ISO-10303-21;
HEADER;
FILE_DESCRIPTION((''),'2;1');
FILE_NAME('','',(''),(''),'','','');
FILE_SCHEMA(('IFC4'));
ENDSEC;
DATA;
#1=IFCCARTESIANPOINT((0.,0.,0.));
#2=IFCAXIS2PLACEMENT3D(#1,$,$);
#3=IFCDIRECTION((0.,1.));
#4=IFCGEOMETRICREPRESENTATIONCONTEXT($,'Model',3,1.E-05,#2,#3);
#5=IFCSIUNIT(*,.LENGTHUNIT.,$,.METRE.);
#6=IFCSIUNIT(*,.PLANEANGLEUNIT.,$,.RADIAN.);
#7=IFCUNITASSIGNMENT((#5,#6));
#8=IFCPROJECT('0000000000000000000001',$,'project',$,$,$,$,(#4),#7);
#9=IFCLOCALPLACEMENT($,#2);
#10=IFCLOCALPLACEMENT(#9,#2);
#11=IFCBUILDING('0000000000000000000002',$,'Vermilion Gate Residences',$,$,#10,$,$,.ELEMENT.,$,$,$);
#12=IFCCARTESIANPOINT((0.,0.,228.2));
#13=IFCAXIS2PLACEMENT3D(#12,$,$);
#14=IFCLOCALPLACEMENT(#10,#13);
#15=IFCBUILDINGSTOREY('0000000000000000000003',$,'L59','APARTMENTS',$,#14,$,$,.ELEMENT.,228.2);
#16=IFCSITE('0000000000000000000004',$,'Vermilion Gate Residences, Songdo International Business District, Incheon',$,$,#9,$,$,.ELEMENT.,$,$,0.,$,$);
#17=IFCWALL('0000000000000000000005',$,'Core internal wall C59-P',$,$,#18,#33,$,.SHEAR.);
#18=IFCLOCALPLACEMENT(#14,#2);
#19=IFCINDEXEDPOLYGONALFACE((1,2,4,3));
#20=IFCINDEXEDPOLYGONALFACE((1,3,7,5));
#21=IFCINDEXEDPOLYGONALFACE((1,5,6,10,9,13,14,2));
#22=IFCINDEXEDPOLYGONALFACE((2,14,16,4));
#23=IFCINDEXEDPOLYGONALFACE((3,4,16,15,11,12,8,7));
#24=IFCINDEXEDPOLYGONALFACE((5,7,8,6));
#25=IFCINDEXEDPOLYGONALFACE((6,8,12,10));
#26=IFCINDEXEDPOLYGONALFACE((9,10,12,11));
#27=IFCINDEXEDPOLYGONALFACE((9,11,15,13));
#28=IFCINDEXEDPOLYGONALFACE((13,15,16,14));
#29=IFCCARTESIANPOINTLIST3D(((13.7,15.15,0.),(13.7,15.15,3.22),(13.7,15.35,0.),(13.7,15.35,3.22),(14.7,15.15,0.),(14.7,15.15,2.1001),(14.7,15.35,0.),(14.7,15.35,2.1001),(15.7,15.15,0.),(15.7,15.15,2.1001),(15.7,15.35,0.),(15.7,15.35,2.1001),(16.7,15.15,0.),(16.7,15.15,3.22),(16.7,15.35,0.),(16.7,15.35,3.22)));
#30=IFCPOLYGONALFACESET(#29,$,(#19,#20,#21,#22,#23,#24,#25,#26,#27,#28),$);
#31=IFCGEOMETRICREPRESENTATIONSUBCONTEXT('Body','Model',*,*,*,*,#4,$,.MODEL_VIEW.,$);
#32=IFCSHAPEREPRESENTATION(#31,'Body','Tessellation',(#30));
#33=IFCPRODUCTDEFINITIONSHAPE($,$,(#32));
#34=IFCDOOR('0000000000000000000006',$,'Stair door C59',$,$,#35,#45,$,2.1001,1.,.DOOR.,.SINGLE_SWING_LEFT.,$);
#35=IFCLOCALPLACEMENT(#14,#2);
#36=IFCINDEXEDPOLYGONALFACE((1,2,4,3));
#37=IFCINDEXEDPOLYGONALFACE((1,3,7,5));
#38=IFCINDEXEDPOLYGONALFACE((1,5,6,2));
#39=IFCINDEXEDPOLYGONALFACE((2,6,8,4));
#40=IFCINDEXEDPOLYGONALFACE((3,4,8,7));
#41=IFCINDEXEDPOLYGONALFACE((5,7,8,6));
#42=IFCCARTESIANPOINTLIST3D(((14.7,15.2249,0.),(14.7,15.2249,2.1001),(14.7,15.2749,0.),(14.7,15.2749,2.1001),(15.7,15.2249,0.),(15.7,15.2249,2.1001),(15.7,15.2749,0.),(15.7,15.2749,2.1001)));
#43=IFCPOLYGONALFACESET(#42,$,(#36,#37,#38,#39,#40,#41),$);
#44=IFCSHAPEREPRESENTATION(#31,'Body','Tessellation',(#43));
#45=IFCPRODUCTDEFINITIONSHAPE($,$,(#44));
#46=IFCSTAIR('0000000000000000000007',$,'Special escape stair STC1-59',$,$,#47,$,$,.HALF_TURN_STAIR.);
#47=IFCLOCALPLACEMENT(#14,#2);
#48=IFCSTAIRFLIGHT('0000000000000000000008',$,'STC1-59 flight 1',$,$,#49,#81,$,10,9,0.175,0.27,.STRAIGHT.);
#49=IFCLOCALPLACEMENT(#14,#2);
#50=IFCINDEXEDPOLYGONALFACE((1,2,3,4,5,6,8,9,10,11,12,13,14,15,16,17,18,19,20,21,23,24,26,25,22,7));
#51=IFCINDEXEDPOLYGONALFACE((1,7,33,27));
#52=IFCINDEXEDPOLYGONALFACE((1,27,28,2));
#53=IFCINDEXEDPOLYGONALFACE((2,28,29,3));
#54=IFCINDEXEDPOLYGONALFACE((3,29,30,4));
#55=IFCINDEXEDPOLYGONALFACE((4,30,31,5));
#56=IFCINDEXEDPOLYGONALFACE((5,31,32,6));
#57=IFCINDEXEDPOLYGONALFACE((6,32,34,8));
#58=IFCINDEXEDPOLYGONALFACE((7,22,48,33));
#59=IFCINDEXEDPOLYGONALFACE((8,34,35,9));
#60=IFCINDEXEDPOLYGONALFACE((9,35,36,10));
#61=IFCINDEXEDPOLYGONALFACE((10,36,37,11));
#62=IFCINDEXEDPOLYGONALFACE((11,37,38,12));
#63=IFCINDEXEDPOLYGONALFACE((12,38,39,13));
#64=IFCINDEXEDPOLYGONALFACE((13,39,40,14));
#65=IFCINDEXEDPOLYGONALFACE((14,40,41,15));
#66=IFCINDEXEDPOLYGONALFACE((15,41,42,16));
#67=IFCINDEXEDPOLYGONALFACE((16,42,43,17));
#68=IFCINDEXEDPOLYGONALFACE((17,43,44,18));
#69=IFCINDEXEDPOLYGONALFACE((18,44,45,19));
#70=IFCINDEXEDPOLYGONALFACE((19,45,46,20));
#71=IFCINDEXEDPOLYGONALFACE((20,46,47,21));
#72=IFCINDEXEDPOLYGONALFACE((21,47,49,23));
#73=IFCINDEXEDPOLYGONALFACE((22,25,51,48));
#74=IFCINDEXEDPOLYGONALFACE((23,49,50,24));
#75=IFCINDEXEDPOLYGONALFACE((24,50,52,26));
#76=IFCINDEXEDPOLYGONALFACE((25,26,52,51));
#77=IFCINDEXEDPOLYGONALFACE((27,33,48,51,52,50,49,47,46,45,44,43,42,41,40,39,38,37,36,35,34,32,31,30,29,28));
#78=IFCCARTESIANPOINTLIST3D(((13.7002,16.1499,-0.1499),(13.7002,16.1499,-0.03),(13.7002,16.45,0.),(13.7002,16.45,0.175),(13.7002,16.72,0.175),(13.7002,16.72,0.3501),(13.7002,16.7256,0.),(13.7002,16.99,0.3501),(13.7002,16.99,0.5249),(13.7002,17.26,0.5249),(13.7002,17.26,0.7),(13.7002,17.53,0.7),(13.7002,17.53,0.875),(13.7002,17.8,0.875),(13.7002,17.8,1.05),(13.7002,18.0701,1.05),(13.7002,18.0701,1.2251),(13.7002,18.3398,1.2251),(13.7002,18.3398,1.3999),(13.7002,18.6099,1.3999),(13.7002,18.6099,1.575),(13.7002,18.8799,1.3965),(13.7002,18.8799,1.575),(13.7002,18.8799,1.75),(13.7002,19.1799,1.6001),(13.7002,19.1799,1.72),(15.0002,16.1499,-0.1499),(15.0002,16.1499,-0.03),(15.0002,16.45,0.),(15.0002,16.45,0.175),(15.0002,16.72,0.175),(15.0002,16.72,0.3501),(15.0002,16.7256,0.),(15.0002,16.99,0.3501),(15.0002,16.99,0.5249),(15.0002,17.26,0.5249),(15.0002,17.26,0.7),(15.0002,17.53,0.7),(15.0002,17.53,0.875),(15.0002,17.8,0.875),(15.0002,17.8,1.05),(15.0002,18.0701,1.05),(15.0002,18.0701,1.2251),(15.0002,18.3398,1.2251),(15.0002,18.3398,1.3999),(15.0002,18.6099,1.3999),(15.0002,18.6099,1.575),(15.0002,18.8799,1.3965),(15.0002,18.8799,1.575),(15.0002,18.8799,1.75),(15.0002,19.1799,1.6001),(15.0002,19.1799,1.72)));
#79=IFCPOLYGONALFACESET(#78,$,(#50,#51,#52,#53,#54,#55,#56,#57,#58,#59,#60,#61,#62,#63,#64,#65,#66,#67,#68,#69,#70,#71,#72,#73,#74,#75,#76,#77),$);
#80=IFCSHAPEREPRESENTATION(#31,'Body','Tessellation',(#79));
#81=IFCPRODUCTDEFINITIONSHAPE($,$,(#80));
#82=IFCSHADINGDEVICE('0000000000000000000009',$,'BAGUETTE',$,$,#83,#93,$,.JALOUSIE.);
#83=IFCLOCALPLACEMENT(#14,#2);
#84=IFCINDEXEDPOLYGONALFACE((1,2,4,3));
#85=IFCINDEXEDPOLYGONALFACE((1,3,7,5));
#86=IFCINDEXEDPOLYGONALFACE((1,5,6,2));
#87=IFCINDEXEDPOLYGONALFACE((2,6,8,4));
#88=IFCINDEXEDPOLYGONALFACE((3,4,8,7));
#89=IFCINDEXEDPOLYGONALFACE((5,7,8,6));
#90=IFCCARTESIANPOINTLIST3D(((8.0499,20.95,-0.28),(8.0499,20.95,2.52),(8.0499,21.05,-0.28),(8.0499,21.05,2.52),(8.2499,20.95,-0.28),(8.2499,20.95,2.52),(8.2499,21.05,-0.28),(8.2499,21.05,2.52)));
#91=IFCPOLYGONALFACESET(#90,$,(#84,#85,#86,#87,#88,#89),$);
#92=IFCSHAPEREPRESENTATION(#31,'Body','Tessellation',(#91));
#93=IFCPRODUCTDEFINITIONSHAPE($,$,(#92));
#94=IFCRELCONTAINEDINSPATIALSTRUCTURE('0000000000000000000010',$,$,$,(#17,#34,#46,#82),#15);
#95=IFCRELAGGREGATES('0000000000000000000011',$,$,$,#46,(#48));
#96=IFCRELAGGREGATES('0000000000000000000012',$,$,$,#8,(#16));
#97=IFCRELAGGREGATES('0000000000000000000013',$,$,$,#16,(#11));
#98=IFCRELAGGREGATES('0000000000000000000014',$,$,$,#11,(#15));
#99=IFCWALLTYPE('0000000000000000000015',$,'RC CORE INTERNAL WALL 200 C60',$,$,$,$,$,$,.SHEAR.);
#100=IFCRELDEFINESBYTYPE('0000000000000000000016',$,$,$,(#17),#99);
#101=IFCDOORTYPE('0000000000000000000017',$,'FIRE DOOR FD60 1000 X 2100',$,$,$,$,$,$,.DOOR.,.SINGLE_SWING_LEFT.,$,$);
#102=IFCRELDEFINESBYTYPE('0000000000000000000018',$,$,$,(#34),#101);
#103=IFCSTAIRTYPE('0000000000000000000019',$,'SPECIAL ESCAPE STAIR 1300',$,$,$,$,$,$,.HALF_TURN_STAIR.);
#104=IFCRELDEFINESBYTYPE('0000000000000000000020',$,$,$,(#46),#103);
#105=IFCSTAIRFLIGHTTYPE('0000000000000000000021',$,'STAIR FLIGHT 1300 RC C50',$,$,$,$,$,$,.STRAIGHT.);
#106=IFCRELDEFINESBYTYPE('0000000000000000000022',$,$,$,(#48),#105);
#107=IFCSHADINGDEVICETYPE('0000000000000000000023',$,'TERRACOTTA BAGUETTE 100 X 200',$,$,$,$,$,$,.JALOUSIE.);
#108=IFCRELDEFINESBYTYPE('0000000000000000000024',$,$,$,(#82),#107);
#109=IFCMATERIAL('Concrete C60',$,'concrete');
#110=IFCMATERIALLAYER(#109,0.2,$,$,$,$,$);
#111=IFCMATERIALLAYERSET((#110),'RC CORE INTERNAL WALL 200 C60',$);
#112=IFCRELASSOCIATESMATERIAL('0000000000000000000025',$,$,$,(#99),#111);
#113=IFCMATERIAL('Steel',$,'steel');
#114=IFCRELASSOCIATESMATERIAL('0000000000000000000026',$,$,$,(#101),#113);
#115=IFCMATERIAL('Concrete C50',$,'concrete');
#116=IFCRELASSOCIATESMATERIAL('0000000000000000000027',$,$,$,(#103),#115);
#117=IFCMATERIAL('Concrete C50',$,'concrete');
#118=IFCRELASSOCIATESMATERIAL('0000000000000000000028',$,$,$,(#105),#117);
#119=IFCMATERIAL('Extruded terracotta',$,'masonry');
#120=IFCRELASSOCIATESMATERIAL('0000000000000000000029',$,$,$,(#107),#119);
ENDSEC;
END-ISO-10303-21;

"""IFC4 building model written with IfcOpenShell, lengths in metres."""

from ifc_helpers import new_model, si_unit, direction, frame, frame_2d, origin, origin_2d, place, context, subcontext, project, spatial, polyline, rectangle, outline, extrude, material, layer, layer_set, material_profile, profile_set, type_object, element, fill, aggregate, save


model = new_model("IFC4")

# Units and contexts
model_context = context("Model", 3, precision=1e-05, world=origin(), true_north=direction((0.0, 1.0)))
body_context = subcontext(model_context, "Body", "Model", "MODEL_VIEW")
ifc_project = project(units=[si_unit("LENGTHUNIT", "METRE"), si_unit("PLANEANGLEUNIT", "RADIAN")], contexts=[model_context])

# Site, building, storey
site_placement = place(None, origin())
site = spatial("IfcSite", under=ifc_project, at=site_placement, Name="Vermilion Gate Residences, Songdo International Business District, Incheon", CompositionType="ELEMENT", RefElevation=0.0)
building_placement = place(site_placement, origin())
building = spatial("IfcBuilding", under=site, at=building_placement, Name="Vermilion Gate Residences", CompositionType="ELEMENT")
storey_placement = place(building_placement, frame((0.0, 0.0, 228.2)))
storey = spatial("IfcBuildingStorey", under=building, at=storey_placement, Name="L59", Description="APARTMENTS", CompositionType="ELEMENT", Elevation=228.2)

# Shared definitions
ifc_material_1 = material(Name="Concrete C60", Category="concrete")
ifc_layer_1 = layer(ifc_material_1, 0.2)
ifc_layer_set_1 = layer_set([ifc_layer_1], Name="RC CORE INTERNAL WALL 200 C60")
wall_type_1 = type_object("IfcWallType", Name="RC CORE INTERNAL WALL 200 C60", PredefinedType="SHEAR", material=ifc_layer_set_1)

# Wall, opening, door
wall_1_placement = place(storey_placement, frame((13.7, 15.25, 0.0), z_axis=(0.0, 0.0, 1.0), x_axis=(1.0, 0.0, 0.0)))
wall_1 = element("IfcWall", 1, at=wall_1_placement, inside=storey, type_object=wall_type_1, Name="Core internal wall C59-P", PredefinedType="SHEAR", context=body_context, shape_type="SweptSolid", body=[
    extrude(rectangle(XDim=3.0, YDim=0.2, at=frame_2d((1.5, 0.0))), origin(), (0.0, 0.0, 1.0), 3.22),
])
opening_1_placement = place(wall_1_placement, frame((1.0, 0.0, 0.0)))
opening_1 = element("IfcOpeningElement", 2, at=opening_1_placement, cuts=wall_1, PredefinedType="OPENING", context=body_context, shape_type="SweptSolid", body=[
    extrude(rectangle(XDim=1.0, YDim=2.1001, at=frame_2d((0.5, 1.05))), frame((0.0, 0.1099, 0.0), z_axis=(0.0, -1.0, 0.0), x_axis=(1.0, 0.0, 0.0)), (0.0, 0.0, 1.0), 0.22),
])
ifc_material_2 = material(Name="Steel", Category="steel")
door_type_1 = type_object("IfcDoorType", Name="FIRE DOOR FD60 1000 X 2100", OperationType="SINGLE_SWING_LEFT", PredefinedType="DOOR", material=ifc_material_2)
door_1_placement = place(opening_1_placement, origin())
door_1 = element("IfcDoor", 3, at=door_1_placement, inside=storey, type_object=door_type_1, Name="Stair door C59", OperationType="SINGLE_SWING_LEFT", OverallHeight=2.1001, OverallWidth=1.0, PredefinedType="DOOR", context=body_context, shape_type="SweptSolid", body=[
    extrude(rectangle(XDim=1.0, YDim=2.1001, at=frame_2d((0.5, 1.05))), frame((0.0, 0.0249, 0.0), z_axis=(0.0, -1.0, 0.0), x_axis=(1.0, 0.0, 0.0)), (0.0, 0.0, 1.0), 0.05),
])
fill(opening_1, door_1)

# Stair, stair flight
ifc_material_3 = material(Name="Concrete C50", Category="concrete")
stair_type = type_object("IfcStairType", Name="SPECIAL ESCAPE STAIR 1300", PredefinedType="HALF_TURN_STAIR", material=ifc_material_3)
stair_placement = place(storey_placement, origin())
stair = element("IfcStair", 4, at=stair_placement, inside=storey, type_object=stair_type, Name="Special escape stair STC1-59", PredefinedType="HALF_TURN_STAIR")
ifc_material_4 = material(Name="Concrete C50", Category="concrete")
stair_flight_type = type_object("IfcStairFlightType", Name="STAIR FLIGHT 1300 RC C50", PredefinedType="STRAIGHT", material=ifc_material_4)
stair_flight_placement = place(storey_placement, frame((14.3501, 16.45, 0.0), z_axis=(0.0, 0.0, 1.0), x_axis=(0.0, 1.0, 0.0)))
stair_flight = element("IfcStairFlight", 5, at=stair_flight_placement, type_object=stair_flight_type, Name="STC1-59 flight 1", NumberOfRisers=10, NumberOfTreads=9, PredefinedType="STRAIGHT", RiserHeight=0.175, TreadLength=0.27, context=body_context, shape_type="SweptSolid", body=[
    extrude(outline(polyline([(-0.3, -0.1499), (-0.3, -0.03), (0.0, 0.0), (0.0, 0.175), (0.27, 0.175), (0.27, 0.3501), (0.54, 0.3501), (0.54, 0.5249), (0.8101, 0.5249), (0.8101, 0.7), (1.0801, 0.7), (1.0801, 0.875), (1.3501, 0.875), (1.3501, 1.05), (1.6201, 1.05), (1.6201, 1.2251), (1.8899, 1.2251), (1.8899, 1.3999), (2.1599, 1.3999), (2.1599, 1.575), (2.4299, 1.575), (2.4299, 1.75), (2.73, 1.72), (2.73, 1.6001), (2.4299, 1.3965), (0.2756, 0.0), (-0.3, -0.1499)])), frame((0.0, 0.6499, 0.0), z_axis=(0.0, -1.0, 0.0), x_axis=(1.0, 0.0, 0.0)), (0.0, 0.0, 1.0), 1.3),
])
aggregate(stair, [stair_flight])

# Shading device
ifc_material_5 = material(Name="Extruded terracotta", Category="masonry")
ifc_material_profile_1 = material_profile(ifc_material_5, rectangle(XDim=0.2, YDim=0.1001, at=origin_2d()), Name="BAGUETTE 100 X 200")
ifc_profile_set_1 = profile_set([ifc_material_profile_1], Name="Extruded terracotta")
shading_device_type = type_object("IfcShadingDeviceType", Name="TERRACOTTA BAGUETTE 100 X 200", PredefinedType="JALOUSIE", material=ifc_profile_set_1)
shading_device_placement = place(storey_placement, frame((8.1499, 21.0, -0.28), z_axis=(0.0, 0.0, 1.0), x_axis=(1.0, 0.0, 0.0)))
element("IfcShadingDevice", 6, at=shading_device_placement, inside=storey, type_object=shading_device_type, Name="BAGUETTE", PredefinedType="JALOUSIE", context=body_context, shape_type="SweptSolid", body=[
    extrude(rectangle(XDim=0.2, YDim=0.1001, at=origin_2d()), origin(), (0.0, 0.0, 1.0), 2.8),
])

save(model, "model.ifc")
